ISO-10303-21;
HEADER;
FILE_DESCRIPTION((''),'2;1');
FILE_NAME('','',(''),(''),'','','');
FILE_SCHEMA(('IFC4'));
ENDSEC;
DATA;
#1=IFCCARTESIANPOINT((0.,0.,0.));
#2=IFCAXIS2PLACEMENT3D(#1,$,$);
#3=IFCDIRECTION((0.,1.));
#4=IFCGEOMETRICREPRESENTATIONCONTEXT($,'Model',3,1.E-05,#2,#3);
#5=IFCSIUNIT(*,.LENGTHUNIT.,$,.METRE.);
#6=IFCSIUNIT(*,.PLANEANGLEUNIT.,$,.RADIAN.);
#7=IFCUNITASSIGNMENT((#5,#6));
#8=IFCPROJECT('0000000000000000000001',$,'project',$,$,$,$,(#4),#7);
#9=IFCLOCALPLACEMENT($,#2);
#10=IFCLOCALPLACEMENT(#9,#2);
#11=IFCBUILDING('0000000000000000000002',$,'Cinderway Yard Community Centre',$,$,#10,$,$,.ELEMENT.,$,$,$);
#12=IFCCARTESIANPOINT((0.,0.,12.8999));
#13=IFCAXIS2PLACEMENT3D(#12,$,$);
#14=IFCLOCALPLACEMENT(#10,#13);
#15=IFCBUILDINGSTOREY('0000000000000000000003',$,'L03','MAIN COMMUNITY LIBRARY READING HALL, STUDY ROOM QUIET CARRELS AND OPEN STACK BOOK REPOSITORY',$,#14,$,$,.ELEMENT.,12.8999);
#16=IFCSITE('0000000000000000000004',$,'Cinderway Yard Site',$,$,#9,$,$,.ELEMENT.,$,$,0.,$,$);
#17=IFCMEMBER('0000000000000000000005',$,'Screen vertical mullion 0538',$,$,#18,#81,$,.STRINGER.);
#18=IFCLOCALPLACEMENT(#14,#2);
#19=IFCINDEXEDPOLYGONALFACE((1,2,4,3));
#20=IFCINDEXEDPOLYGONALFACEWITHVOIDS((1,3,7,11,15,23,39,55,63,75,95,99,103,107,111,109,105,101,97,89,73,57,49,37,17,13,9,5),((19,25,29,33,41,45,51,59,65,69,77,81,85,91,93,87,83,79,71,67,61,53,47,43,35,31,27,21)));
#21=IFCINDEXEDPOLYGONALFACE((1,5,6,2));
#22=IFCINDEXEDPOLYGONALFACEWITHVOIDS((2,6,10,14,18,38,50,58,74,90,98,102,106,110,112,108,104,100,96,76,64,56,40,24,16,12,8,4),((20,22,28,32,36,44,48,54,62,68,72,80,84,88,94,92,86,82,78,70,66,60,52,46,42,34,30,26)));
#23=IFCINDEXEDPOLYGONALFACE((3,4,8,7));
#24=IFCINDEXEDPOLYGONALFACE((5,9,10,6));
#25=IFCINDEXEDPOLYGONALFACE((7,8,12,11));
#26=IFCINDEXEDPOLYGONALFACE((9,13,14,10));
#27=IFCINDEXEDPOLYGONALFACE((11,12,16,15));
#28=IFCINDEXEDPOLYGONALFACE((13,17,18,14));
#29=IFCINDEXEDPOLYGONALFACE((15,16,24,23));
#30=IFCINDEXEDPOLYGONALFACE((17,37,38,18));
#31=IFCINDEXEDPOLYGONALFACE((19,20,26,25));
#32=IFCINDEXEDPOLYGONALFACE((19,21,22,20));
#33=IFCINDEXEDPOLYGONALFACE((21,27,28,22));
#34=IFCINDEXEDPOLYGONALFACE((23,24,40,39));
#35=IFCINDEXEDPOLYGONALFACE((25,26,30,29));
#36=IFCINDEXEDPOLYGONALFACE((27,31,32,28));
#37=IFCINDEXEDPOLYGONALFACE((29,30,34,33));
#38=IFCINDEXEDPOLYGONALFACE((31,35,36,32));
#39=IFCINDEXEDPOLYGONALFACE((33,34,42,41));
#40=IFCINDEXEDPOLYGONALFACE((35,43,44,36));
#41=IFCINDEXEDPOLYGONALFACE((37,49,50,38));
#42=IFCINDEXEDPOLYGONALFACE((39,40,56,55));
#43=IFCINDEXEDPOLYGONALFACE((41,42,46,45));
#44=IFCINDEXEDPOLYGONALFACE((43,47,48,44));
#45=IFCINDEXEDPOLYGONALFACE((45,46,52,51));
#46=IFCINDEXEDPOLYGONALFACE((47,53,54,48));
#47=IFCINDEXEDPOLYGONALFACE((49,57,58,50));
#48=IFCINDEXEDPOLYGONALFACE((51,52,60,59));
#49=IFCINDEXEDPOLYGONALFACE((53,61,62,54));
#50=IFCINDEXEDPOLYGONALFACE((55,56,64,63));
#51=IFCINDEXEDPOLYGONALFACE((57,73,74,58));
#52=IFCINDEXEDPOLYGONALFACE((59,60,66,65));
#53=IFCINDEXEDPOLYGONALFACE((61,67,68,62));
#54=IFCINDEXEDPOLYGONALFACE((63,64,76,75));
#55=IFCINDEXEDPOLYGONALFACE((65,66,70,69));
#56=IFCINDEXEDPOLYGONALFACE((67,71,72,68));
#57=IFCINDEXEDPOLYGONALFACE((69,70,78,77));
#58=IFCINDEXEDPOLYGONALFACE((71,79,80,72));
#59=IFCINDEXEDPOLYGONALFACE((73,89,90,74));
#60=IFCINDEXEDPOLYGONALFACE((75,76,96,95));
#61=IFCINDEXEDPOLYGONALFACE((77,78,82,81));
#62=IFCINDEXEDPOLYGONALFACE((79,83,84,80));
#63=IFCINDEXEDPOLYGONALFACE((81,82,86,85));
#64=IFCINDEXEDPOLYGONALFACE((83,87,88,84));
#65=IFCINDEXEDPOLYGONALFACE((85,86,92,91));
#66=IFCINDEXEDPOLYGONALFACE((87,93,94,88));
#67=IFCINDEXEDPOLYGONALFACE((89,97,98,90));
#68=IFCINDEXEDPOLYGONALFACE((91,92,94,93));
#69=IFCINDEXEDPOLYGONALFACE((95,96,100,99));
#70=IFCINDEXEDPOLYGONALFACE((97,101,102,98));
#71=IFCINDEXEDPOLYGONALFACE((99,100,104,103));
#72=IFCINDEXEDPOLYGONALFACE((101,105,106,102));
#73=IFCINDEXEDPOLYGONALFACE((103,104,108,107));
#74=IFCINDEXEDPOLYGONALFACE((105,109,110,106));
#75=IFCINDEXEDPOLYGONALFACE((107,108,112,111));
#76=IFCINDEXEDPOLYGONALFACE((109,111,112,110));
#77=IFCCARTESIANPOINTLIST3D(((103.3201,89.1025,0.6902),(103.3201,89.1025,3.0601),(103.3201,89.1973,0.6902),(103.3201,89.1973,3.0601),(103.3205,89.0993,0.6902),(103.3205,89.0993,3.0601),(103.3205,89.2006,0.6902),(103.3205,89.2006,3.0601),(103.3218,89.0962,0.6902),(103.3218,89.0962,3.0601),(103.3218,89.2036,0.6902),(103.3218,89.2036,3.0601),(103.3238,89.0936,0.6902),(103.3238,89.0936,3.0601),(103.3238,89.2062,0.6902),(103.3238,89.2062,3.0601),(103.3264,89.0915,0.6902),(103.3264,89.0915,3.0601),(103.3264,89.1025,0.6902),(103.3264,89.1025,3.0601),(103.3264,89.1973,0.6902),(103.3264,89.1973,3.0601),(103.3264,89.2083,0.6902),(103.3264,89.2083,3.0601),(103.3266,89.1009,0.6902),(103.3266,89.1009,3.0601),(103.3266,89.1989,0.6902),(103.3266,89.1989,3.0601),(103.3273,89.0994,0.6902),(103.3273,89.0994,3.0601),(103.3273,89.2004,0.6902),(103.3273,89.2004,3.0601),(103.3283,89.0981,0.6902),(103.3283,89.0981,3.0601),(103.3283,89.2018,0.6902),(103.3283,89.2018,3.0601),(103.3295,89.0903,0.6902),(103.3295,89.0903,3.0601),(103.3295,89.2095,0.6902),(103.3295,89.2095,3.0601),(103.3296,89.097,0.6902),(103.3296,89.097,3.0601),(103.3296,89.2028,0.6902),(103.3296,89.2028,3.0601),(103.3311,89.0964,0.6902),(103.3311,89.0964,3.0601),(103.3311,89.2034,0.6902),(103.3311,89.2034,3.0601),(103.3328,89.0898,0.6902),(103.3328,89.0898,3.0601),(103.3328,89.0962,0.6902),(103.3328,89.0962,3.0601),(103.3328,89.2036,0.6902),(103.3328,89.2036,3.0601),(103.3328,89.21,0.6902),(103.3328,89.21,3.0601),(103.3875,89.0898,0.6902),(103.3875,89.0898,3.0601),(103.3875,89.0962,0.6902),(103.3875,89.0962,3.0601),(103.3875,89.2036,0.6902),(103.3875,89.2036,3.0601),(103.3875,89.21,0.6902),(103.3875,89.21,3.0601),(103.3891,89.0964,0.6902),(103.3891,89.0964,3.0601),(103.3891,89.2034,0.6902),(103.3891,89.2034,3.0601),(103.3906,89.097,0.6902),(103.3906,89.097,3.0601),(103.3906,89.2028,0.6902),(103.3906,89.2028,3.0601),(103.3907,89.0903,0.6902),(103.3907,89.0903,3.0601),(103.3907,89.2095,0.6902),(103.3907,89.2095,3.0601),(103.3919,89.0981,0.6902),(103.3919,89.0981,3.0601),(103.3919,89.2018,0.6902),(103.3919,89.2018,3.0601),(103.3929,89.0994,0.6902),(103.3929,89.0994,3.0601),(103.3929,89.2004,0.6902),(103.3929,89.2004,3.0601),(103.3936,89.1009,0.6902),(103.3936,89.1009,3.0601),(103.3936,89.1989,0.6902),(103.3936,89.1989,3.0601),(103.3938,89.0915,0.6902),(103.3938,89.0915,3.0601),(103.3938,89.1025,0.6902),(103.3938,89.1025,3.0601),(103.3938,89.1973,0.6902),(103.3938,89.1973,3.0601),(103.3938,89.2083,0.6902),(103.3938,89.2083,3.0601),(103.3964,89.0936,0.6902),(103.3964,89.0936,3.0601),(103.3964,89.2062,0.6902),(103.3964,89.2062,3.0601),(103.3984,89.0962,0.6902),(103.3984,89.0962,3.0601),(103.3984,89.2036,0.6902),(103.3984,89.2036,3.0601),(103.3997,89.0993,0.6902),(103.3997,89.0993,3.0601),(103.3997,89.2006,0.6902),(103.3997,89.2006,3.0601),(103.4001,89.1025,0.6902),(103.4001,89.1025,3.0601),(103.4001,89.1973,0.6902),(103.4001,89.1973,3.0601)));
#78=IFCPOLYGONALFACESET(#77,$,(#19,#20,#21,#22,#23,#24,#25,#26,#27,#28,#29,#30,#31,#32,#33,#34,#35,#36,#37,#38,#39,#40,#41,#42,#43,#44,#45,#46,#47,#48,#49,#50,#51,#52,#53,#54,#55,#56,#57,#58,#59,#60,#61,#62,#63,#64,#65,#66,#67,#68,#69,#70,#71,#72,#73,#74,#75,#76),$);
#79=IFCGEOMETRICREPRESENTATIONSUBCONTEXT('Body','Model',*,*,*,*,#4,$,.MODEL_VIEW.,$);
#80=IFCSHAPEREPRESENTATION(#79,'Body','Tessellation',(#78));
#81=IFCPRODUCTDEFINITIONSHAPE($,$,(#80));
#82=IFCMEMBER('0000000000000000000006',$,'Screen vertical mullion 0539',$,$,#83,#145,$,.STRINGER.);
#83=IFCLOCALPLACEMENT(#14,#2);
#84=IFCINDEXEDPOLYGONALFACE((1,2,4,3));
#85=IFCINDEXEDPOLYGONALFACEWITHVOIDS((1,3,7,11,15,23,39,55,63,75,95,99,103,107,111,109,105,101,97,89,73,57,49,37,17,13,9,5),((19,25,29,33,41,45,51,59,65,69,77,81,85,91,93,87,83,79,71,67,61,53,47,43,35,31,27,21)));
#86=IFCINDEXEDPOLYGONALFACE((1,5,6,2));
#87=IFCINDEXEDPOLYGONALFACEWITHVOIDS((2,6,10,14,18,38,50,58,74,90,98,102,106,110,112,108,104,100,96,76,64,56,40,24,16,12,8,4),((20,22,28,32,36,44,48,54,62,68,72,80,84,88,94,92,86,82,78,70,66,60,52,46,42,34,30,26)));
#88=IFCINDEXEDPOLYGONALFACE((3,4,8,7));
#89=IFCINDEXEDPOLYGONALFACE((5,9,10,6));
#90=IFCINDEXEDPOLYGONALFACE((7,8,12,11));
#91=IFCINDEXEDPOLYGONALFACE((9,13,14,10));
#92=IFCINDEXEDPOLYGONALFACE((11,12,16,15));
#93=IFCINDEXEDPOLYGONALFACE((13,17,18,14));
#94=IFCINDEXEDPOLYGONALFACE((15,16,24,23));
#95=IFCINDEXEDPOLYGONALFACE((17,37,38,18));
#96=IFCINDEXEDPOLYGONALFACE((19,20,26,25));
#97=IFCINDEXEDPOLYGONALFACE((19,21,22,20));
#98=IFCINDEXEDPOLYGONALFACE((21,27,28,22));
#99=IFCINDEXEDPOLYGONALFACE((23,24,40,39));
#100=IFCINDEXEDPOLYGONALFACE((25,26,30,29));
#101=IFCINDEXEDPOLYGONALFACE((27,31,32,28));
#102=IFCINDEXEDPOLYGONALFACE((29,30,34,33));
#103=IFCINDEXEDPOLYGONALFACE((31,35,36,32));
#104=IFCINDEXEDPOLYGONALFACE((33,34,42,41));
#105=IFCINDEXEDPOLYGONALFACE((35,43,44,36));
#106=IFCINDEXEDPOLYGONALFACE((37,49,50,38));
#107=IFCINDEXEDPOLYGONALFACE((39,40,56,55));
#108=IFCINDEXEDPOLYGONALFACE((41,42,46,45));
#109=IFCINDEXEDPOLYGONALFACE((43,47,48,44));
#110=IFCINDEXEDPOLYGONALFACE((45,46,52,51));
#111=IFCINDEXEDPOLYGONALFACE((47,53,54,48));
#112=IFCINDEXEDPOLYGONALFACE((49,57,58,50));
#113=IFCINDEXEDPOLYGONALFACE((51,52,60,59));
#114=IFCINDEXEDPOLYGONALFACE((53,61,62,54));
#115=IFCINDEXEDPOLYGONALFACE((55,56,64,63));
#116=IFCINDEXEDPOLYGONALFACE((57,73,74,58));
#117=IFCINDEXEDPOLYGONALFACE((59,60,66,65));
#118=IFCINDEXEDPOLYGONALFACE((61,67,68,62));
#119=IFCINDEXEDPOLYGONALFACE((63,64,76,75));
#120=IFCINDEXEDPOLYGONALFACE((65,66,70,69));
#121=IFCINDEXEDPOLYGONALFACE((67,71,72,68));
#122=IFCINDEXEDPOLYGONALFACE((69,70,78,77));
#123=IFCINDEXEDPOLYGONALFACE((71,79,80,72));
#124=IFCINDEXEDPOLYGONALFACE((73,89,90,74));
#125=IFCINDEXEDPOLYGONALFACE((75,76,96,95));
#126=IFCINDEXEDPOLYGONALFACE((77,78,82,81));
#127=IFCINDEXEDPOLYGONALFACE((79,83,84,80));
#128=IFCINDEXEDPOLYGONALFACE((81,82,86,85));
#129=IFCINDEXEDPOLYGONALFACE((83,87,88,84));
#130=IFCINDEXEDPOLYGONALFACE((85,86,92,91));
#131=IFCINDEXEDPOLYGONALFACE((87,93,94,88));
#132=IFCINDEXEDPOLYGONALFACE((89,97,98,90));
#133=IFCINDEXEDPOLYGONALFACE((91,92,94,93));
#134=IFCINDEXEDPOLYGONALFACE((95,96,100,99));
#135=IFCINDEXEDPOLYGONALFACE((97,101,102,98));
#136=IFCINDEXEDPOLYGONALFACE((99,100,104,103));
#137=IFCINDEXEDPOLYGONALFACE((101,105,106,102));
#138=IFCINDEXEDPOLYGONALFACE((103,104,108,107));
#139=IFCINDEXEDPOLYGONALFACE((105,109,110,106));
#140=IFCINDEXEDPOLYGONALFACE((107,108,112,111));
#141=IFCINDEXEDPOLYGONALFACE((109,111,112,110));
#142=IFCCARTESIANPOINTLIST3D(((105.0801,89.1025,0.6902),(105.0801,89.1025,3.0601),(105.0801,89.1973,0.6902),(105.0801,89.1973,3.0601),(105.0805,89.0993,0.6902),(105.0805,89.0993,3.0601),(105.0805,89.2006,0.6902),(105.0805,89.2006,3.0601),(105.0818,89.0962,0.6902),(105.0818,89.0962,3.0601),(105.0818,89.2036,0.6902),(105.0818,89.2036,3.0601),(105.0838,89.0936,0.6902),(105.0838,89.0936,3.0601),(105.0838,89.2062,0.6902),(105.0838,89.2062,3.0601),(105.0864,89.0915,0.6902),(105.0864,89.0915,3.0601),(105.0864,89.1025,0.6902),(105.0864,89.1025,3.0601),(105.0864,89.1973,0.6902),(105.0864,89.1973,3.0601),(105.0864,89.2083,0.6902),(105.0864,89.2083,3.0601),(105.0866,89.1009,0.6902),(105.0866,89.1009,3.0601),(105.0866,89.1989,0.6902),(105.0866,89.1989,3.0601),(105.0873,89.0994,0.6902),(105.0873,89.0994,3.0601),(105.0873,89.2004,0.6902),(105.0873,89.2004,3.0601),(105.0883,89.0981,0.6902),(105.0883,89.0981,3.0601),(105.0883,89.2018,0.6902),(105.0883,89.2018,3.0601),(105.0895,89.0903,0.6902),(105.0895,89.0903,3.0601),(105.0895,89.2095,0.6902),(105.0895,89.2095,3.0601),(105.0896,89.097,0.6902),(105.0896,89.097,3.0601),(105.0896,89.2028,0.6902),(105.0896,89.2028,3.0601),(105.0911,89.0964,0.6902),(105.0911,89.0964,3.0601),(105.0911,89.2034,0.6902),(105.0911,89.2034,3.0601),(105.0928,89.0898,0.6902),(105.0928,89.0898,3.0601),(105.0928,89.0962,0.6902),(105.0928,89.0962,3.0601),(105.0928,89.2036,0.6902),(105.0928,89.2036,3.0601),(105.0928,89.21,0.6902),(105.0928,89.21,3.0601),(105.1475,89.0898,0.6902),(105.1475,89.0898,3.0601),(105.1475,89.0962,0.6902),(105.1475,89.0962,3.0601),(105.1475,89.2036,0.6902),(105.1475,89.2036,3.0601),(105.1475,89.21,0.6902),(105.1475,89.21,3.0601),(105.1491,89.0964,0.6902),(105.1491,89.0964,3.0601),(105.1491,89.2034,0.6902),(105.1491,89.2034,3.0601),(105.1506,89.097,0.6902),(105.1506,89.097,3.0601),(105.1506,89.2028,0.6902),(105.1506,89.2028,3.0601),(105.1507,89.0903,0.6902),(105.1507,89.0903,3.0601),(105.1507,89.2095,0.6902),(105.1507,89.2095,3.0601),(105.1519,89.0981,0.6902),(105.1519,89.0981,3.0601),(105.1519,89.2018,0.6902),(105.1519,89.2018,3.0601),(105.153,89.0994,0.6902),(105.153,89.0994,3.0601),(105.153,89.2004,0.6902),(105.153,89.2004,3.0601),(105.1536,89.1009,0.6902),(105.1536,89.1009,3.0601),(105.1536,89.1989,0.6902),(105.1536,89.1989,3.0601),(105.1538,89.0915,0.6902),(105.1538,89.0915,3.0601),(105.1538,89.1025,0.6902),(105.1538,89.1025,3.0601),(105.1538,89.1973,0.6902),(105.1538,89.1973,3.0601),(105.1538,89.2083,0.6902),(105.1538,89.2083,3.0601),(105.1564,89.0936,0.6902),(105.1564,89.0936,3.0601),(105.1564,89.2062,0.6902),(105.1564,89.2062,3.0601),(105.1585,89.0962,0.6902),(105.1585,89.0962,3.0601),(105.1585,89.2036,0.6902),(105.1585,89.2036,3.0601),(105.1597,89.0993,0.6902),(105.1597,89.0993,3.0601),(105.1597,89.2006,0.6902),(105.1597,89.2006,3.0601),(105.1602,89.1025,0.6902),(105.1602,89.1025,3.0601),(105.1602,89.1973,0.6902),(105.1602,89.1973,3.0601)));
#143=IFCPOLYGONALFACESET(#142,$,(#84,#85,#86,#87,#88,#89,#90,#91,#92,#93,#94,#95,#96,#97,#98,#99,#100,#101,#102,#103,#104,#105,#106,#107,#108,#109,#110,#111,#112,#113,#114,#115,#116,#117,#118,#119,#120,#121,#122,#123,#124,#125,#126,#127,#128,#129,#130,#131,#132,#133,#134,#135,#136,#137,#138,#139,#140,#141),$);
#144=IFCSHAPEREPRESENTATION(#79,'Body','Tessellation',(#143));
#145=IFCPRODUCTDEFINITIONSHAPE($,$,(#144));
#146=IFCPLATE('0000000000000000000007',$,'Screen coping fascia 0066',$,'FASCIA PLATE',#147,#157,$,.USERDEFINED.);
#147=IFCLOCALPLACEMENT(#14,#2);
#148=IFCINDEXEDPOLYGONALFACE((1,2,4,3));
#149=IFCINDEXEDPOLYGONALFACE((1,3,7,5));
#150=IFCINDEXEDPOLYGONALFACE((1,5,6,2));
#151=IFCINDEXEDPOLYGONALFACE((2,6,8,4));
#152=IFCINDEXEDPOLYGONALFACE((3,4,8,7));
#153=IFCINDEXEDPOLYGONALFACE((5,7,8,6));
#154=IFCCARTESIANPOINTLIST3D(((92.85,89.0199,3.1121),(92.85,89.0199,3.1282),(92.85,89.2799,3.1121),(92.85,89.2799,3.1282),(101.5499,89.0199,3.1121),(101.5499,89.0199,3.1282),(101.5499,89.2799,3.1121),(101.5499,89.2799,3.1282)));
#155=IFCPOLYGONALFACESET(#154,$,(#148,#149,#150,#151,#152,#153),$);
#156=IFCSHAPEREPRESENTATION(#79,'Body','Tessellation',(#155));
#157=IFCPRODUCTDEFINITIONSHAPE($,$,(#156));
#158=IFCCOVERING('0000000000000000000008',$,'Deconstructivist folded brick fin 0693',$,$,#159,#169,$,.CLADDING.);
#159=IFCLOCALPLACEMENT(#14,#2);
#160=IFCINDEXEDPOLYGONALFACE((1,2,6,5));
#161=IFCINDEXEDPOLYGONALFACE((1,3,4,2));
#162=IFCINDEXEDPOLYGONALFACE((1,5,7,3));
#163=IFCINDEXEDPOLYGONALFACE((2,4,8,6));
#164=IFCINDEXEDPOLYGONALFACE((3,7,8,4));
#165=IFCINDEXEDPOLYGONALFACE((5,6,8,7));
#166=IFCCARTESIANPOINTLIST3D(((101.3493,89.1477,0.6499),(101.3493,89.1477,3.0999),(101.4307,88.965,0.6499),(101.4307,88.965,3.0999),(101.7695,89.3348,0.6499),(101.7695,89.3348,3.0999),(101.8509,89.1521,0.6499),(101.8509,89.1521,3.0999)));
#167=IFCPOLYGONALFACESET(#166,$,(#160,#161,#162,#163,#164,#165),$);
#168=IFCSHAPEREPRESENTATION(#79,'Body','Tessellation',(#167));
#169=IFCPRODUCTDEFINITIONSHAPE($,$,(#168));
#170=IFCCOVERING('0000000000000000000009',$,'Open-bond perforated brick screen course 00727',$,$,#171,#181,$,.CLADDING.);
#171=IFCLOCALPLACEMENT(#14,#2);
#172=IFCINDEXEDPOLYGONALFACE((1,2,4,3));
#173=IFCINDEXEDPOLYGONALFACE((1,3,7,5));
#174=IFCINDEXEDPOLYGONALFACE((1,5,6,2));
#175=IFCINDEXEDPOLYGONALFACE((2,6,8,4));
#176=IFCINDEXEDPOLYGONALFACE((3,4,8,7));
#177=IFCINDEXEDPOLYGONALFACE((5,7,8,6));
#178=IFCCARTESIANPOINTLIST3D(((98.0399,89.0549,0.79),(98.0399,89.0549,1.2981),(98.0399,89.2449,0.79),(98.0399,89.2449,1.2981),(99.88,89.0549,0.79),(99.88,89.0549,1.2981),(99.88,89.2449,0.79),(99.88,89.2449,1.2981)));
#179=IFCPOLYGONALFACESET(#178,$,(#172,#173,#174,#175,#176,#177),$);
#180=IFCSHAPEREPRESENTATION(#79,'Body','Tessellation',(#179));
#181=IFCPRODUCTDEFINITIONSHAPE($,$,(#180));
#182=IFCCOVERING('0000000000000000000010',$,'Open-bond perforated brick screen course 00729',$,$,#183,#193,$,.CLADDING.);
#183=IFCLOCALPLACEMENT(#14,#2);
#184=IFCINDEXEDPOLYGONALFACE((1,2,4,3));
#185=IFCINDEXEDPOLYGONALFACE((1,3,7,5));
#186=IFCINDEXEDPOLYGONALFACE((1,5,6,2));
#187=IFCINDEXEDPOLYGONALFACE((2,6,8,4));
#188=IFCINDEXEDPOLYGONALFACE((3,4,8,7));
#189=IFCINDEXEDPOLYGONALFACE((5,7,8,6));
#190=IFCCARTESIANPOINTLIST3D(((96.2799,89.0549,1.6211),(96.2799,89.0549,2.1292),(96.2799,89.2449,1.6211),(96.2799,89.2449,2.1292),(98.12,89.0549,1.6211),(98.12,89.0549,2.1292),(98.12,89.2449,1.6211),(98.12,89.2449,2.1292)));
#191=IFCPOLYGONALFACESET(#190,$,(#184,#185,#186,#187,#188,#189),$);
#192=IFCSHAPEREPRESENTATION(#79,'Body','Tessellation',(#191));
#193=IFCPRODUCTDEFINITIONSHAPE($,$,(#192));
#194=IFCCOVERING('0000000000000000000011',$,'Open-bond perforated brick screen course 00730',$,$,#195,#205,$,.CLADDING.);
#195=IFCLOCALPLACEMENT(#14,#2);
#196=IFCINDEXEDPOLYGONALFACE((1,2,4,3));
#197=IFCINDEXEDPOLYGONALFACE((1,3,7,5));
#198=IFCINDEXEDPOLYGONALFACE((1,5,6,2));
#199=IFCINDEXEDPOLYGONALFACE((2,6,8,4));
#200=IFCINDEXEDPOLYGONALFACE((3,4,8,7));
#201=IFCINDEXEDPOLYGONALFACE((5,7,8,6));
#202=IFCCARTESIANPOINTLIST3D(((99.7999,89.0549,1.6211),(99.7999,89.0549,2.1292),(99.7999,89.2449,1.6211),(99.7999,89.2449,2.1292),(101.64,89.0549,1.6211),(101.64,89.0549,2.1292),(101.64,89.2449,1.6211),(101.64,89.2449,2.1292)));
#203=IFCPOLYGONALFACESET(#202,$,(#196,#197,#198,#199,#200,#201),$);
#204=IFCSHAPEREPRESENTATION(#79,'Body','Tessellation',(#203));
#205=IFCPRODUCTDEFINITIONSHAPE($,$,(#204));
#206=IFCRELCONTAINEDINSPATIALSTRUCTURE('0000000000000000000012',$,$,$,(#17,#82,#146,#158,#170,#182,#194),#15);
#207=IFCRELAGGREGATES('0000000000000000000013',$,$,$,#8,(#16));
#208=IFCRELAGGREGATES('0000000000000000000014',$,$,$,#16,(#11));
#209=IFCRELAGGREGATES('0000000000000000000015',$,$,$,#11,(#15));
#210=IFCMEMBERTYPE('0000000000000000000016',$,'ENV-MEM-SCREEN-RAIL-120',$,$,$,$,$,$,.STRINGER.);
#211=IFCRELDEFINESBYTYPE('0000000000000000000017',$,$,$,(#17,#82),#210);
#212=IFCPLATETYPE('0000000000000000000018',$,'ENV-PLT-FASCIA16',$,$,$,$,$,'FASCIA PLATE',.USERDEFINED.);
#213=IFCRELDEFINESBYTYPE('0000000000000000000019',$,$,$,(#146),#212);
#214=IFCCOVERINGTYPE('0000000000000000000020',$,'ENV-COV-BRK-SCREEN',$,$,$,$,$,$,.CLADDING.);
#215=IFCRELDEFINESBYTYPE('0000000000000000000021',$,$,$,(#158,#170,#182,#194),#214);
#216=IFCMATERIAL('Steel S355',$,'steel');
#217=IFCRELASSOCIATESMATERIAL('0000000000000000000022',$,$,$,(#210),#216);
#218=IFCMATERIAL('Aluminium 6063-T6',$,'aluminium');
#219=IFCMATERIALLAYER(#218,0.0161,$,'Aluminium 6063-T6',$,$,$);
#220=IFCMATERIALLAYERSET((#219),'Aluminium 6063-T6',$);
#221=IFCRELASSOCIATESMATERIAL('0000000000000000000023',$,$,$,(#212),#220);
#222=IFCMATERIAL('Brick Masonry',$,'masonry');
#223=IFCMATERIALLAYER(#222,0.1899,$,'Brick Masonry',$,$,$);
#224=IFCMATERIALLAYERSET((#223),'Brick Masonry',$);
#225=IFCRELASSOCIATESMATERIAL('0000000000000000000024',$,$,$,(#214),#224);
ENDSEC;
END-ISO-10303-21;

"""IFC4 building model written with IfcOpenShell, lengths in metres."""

from ifc_helpers import new_model, si_unit, direction, frame, origin, origin_2d, place, context, subcontext, project, spatial, rectangle, hollow_rectangle, extrude, material, layer, layer_set, material_profile, profile_set, type_object, element, save


model = new_model("IFC4")

# Units and contexts
model_context = context("Model", 3, precision=1e-05, world=origin(), true_north=direction((0.0, 1.0)))
body_context = subcontext(model_context, "Body", "Model", "MODEL_VIEW")
ifc_project = project(units=[si_unit("LENGTHUNIT", "METRE"), si_unit("PLANEANGLEUNIT", "RADIAN")], contexts=[model_context])

# Site, building, storey
site_placement = place(None, origin())
site = spatial("IfcSite", under=ifc_project, at=site_placement, Name="Cinderway Yard Site", CompositionType="ELEMENT", RefElevation=0.0)
building_placement = place(site_placement, origin())
building = spatial("IfcBuilding", under=site, at=building_placement, Name="Cinderway Yard Community Centre", CompositionType="ELEMENT")
storey_placement = place(building_placement, frame((0.0, 0.0, 12.8999)))
storey = spatial("IfcBuildingStorey", under=building, at=storey_placement, Name="L03", Description="MAIN COMMUNITY LIBRARY READING HALL, STUDY ROOM QUIET CARRELS AND OPEN STACK BOOK REPOSITORY", CompositionType="ELEMENT", Elevation=12.8999)

# Members
ifc_material_1 = material(Name="Steel S355", Category="steel")
ifc_material_profile = material_profile(ifc_material_1, hollow_rectangle(XDim=0.0801, YDim=0.1201, WallThickness=0.0063, InnerFilletRadius=0.0063, OuterFilletRadius=0.0127, at=origin_2d()), Name="Steel S355")
ifc_profile_set = profile_set([ifc_material_profile], Name="Steel S355")
member_type = type_object("IfcMemberType", Name="ENV-MEM-SCREEN-RAIL-120", PredefinedType="STRINGER", material=ifc_profile_set)
for number, where, z_axis, x_axis, name in (
    (1, (103.3601, 89.1499, 0.6902), (0.0, 0.0, 1.0), (1.0, 0.0, 0.0), "Screen vertical mullion 0538"),
    (2, (105.1201, 89.1499, 0.6902), (0.0, 0.0, 1.0), (1.0, 0.0, 0.0), "Screen vertical mullion 0539"),
):
    element("IfcMember", number, at=place(storey_placement, frame(where, z_axis=z_axis, x_axis=x_axis)), inside=storey, type_object=member_type, Name=name, PredefinedType="STRINGER", context=body_context, shape_type="SweptSolid", body=[
        extrude(hollow_rectangle(XDim=0.0801, YDim=0.1201, WallThickness=0.0063, InnerFilletRadius=0.0063, OuterFilletRadius=0.0127, at=origin_2d()), origin(), (0.0, 0.0, 1.0), 2.3699),
    ])

# Plate
ifc_material_2 = material(Name="Aluminium 6063-T6", Category="aluminium")
ifc_layer_1 = layer(ifc_material_2, 0.0161, Name="Aluminium 6063-T6")
ifc_layer_set_1 = layer_set([ifc_layer_1], Name="Aluminium 6063-T6")
plate_type = type_object("IfcPlateType", Name="ENV-PLT-FASCIA16", ElementType="FASCIA PLATE", PredefinedType="USERDEFINED", material=ifc_layer_set_1)
plate_placement = place(storey_placement, frame((97.2, 89.1499, 3.1121), z_axis=(0.0, 0.0, 1.0), x_axis=(-1.0, 0.0, 0.0)))
element("IfcPlate", 3, at=plate_placement, inside=storey, type_object=plate_type, Name="Screen coping fascia 0066", ObjectType="FASCIA PLATE", PredefinedType="USERDEFINED", context=body_context, shape_type="SweptSolid", body=[
    extrude(rectangle(XDim=8.7, YDim=0.26, at=origin_2d()), origin(), (0.0, 0.0, 1.0), 0.0161),
])

# Coverings
ifc_material_3 = material(Name="Brick Masonry", Category="masonry")
ifc_layer_2 = layer(ifc_material_3, 0.1899, Name="Brick Masonry")
ifc_layer_set_2 = layer_set([ifc_layer_2], Name="Brick Masonry")
covering_type = type_object("IfcCoveringType", Name="ENV-COV-BRK-SCREEN", PredefinedType="CLADDING", material=ifc_layer_set_2)
covering_placement = place(storey_placement, frame((101.6001, 89.1499, 0.6499), z_axis=(0.0, 0.0, 1.0), x_axis=(-0.913545, -0.406737, 0.0)))
element("IfcCovering", 4, at=covering_placement, inside=storey, type_object=covering_type, Name="Deconstructivist folded brick fin 0693", PredefinedType="CLADDING", context=body_context, shape_type="SweptSolid", body=[
    extrude(rectangle(XDim=0.46, YDim=0.2, at=origin_2d()), origin(), (0.0, 0.0, 1.0), 2.45),
])
for number, where, z_axis, x_axis, name in (
    (5, (98.96, 89.1499, 0.79), (0.0, 0.0, 1.0), (-1.0, 0.0, 0.0), "Open-bond perforated brick screen course 00727"),
    (6, (97.2, 89.1499, 1.6211), (0.0, 0.0, 1.0), (-1.0, 0.0, 0.0), "Open-bond perforated brick screen course 00729"),
    (7, (100.72, 89.1499, 1.6211), (0.0, 0.0, 1.0), (-1.0, 0.0, 0.0), "Open-bond perforated brick screen course 00730"),
):
    element("IfcCovering", number, at=place(storey_placement, frame(where, z_axis=z_axis, x_axis=x_axis)), inside=storey, type_object=covering_type, Name=name, PredefinedType="CLADDING", context=body_context, shape_type="SweptSolid", body=[
        extrude(rectangle(XDim=1.8401, YDim=0.1899, at=origin_2d()), origin(), (0.0, 0.0, 1.0), 0.5081),
    ])

save(model, "model.ifc")
